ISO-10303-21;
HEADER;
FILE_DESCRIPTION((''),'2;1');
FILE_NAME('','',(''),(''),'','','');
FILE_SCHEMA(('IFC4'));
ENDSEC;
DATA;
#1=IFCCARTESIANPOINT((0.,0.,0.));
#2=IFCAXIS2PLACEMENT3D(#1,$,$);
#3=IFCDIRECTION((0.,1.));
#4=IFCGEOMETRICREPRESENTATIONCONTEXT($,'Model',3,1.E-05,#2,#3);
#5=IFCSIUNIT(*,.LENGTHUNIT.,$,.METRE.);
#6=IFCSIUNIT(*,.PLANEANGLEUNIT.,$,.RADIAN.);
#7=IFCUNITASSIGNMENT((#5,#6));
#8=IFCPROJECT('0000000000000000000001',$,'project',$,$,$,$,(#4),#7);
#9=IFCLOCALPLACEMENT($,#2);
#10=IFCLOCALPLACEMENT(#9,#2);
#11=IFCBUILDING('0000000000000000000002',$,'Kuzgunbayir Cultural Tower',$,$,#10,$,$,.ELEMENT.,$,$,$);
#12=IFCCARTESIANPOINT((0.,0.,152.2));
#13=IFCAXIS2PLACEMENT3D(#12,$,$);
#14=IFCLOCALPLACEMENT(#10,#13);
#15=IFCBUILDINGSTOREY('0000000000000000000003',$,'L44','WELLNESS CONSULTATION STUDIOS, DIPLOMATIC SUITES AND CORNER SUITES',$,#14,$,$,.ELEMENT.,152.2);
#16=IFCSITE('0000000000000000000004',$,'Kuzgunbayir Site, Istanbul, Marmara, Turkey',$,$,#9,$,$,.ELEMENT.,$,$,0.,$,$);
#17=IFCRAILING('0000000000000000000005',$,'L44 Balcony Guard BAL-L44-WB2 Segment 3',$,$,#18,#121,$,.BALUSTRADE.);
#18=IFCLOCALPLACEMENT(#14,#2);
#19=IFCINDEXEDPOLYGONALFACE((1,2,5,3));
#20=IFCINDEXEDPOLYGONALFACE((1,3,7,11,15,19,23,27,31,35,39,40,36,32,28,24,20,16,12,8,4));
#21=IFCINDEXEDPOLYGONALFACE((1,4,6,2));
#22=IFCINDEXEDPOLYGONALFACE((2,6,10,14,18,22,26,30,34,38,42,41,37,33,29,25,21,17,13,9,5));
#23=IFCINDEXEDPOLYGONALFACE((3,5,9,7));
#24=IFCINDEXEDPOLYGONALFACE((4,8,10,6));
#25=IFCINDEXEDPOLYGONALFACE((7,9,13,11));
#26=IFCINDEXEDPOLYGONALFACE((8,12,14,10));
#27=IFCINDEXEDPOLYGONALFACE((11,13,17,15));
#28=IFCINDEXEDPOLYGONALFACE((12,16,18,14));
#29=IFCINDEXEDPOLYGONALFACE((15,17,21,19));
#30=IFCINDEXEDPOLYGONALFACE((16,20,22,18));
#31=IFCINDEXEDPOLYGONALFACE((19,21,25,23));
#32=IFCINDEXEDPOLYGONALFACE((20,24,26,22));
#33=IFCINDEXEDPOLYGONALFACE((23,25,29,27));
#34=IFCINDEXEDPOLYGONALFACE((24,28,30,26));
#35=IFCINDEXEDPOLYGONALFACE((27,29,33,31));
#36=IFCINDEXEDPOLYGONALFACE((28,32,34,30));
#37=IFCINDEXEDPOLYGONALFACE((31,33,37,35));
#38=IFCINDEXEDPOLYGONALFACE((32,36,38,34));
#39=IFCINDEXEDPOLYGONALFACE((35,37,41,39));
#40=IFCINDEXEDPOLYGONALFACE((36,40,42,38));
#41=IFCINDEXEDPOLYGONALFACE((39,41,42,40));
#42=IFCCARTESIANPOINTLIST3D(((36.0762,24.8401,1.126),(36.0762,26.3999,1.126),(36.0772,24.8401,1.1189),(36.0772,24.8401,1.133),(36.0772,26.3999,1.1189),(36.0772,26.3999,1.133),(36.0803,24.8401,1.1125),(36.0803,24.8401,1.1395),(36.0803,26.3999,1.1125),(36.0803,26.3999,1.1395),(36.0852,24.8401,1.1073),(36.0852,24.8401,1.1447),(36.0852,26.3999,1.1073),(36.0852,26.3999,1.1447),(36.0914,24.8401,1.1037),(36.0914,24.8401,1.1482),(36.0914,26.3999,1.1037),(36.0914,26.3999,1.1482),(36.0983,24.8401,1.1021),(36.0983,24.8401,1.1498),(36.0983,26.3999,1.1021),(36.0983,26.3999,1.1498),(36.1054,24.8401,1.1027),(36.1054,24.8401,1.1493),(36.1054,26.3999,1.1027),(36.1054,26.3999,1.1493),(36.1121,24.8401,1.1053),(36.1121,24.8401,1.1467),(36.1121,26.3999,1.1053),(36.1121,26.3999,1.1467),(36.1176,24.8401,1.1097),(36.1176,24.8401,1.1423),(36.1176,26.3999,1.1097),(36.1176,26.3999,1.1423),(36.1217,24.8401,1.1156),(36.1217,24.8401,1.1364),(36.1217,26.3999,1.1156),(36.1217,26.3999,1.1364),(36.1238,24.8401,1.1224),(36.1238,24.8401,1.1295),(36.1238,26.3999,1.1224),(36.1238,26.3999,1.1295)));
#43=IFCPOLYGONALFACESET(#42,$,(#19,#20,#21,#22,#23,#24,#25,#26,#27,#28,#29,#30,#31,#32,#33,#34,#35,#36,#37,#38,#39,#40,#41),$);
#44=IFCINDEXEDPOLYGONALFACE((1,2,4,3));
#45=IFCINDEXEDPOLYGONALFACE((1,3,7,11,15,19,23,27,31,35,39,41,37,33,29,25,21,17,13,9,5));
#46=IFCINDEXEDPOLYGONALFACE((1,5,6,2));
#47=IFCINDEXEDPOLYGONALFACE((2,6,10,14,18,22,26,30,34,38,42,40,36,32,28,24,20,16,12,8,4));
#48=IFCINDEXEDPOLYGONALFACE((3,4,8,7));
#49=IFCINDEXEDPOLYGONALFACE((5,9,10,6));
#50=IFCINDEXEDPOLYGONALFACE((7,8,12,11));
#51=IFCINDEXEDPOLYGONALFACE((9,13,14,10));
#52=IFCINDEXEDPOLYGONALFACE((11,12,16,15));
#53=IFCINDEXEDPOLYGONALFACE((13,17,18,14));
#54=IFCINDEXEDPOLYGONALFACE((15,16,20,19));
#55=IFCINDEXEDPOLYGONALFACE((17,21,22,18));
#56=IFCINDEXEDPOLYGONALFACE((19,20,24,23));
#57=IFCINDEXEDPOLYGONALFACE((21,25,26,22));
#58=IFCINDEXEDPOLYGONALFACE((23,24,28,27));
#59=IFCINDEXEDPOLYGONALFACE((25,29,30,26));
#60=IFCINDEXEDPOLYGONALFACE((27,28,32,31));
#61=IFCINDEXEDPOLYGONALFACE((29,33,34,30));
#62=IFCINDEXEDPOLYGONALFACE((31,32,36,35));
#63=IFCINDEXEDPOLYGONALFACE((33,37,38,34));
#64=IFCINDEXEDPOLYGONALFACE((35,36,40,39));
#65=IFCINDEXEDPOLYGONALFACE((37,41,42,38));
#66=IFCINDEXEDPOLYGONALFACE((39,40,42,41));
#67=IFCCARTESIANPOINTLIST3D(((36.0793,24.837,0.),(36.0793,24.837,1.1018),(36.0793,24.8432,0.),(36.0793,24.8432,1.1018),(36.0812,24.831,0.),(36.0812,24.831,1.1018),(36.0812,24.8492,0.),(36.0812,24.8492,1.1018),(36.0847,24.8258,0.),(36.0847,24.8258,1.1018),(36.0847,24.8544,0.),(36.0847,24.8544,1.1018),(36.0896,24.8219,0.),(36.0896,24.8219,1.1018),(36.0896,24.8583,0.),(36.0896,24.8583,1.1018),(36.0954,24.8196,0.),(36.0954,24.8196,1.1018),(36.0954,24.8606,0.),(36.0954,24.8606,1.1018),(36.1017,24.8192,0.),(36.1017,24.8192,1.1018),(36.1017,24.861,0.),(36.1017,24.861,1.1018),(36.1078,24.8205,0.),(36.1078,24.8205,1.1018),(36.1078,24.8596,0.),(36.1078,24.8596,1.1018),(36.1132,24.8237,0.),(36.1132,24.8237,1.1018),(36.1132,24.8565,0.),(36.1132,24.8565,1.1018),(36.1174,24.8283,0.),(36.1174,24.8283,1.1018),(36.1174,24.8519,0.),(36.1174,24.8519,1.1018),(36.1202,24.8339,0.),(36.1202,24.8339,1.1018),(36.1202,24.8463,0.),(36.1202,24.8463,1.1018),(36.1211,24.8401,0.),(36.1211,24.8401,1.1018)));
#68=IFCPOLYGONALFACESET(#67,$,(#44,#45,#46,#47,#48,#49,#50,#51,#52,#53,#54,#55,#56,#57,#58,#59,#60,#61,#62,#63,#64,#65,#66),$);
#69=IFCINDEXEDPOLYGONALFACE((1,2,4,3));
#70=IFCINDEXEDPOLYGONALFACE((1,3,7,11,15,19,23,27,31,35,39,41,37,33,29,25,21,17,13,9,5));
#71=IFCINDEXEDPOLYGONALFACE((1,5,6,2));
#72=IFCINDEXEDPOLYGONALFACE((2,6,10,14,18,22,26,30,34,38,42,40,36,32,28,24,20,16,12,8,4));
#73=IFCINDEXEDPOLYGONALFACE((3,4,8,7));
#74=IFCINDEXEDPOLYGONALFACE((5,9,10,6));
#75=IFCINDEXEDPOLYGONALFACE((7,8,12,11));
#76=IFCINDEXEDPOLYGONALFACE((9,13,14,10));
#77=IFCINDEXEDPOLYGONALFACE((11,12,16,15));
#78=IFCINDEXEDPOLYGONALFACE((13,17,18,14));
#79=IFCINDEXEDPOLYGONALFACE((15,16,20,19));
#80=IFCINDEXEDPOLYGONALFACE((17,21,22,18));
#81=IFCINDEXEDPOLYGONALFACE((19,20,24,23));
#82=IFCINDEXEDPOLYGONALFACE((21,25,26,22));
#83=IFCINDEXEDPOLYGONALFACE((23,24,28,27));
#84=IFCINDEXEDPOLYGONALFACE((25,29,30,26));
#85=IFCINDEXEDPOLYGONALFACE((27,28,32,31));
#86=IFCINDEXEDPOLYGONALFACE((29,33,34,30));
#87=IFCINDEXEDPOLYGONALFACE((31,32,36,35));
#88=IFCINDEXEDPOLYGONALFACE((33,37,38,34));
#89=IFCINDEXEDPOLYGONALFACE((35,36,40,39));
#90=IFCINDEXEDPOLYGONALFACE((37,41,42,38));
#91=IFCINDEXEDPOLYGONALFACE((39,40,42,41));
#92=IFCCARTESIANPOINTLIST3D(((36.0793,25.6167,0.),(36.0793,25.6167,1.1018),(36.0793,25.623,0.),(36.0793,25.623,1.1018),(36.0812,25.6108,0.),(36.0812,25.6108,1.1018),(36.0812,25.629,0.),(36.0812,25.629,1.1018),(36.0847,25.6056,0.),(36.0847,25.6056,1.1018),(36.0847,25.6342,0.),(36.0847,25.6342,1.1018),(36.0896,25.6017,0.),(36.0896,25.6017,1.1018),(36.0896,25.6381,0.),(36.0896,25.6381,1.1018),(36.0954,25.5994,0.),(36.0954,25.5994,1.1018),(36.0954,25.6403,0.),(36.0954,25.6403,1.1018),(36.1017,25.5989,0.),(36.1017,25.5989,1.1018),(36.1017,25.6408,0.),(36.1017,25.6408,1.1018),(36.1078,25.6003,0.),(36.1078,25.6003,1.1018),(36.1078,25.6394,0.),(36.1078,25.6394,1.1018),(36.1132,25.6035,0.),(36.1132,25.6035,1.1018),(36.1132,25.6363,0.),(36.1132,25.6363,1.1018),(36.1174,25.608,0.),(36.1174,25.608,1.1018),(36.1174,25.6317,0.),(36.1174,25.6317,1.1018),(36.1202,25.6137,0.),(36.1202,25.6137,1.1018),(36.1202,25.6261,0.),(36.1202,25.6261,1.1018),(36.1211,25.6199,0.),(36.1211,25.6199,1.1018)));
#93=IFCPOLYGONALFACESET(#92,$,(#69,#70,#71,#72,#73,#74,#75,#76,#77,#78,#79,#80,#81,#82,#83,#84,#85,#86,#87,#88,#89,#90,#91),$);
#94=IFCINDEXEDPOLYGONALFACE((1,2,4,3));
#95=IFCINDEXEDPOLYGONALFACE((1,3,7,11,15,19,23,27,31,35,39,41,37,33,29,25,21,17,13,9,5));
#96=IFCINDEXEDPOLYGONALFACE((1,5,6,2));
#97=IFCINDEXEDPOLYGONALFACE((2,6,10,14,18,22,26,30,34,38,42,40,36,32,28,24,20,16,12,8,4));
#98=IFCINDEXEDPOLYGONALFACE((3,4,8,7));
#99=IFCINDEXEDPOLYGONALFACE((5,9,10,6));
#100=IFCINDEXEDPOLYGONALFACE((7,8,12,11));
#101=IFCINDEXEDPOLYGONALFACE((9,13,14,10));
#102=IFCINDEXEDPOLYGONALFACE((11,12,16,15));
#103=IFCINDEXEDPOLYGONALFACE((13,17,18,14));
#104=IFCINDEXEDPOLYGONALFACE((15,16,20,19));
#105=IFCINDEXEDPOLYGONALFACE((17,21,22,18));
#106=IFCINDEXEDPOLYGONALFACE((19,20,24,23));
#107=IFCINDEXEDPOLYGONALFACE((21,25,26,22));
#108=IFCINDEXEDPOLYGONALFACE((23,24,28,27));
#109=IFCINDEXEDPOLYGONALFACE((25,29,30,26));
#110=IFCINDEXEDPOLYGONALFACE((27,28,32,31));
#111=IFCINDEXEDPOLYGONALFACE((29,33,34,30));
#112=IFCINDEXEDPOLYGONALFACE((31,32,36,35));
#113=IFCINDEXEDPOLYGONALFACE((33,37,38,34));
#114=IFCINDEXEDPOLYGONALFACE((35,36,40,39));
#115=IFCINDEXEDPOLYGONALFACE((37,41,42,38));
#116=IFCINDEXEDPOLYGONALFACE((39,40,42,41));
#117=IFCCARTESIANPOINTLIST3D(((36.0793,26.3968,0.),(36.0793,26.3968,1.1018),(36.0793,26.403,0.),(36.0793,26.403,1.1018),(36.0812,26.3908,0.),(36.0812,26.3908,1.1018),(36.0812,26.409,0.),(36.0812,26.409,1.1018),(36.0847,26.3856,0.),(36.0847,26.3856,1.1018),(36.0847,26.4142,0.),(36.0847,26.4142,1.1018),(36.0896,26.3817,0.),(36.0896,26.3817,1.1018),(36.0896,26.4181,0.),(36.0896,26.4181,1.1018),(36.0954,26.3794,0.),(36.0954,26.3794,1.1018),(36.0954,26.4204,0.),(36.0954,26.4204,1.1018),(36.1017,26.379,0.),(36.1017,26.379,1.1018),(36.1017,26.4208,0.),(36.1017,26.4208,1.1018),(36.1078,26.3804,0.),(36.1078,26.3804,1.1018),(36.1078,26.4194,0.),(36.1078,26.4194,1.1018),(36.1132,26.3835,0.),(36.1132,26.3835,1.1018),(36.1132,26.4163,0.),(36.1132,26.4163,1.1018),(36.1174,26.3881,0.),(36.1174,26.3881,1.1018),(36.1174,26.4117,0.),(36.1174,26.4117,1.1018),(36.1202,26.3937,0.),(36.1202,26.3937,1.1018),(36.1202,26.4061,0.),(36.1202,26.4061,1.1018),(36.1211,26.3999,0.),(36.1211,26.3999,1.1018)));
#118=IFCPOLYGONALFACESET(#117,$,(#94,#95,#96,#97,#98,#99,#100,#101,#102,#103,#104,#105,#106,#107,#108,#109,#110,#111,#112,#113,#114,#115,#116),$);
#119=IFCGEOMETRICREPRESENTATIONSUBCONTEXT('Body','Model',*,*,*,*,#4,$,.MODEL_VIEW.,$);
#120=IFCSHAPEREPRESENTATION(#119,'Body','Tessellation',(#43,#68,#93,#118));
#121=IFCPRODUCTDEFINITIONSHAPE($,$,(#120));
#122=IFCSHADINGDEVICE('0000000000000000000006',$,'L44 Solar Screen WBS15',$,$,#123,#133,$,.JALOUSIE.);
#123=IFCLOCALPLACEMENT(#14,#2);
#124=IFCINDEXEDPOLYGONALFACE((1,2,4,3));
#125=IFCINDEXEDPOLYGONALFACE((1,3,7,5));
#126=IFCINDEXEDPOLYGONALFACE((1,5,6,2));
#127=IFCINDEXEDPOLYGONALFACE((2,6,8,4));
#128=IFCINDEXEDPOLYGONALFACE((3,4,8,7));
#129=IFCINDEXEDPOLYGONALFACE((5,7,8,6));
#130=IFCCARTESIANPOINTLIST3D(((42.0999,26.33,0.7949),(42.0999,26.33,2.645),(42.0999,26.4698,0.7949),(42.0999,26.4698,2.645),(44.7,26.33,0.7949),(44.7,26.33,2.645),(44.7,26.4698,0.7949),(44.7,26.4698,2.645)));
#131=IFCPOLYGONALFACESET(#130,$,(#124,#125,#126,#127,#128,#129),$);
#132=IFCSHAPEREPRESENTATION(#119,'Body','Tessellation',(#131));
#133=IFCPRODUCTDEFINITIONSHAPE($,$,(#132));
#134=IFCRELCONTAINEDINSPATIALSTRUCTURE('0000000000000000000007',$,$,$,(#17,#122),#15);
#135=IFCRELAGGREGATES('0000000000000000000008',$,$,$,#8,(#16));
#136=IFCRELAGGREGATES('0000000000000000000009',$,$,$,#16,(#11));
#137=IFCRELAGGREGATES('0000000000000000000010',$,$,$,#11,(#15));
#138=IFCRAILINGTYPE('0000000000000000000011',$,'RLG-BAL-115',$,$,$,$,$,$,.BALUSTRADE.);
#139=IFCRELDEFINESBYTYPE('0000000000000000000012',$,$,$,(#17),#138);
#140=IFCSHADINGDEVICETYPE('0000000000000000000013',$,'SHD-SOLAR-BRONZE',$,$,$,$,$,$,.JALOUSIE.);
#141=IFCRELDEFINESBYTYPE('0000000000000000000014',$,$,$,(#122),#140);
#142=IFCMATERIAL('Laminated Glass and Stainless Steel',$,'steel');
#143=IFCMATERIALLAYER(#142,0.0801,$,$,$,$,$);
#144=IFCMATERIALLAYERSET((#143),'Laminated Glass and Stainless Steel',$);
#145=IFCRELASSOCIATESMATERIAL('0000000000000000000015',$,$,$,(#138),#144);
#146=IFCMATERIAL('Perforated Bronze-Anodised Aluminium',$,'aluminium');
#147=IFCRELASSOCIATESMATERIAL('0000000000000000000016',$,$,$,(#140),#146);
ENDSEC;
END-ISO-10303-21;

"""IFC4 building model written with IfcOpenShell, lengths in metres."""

from ifc_helpers import new_model, si_unit, direction, frame, origin, origin_2d, place, context, subcontext, project, spatial, rectangle, circle, extrude, material, layer, layer_set, type_object, element, save


model = new_model("IFC4")

# Units and contexts
model_context = context("Model", 3, precision=1e-05, world=origin(), true_north=direction((0.0, 1.0)))
body_context = subcontext(model_context, "Body", "Model", "MODEL_VIEW")
ifc_project = project(units=[si_unit("LENGTHUNIT", "METRE"), si_unit("PLANEANGLEUNIT", "RADIAN")], contexts=[model_context])

# Site, building, storey
site_placement = place(None, origin())
site = spatial("IfcSite", under=ifc_project, at=site_placement, Name="Kuzgunbayir Site, Istanbul, Marmara, Turkey", CompositionType="ELEMENT", RefElevation=0.0)
building_placement = place(site_placement, origin())
building = spatial("IfcBuilding", under=site, at=building_placement, Name="Kuzgunbayir Cultural Tower", CompositionType="ELEMENT")
storey_placement = place(building_placement, frame((0.0, 0.0, 152.2)))
storey = spatial("IfcBuildingStorey", under=building, at=storey_placement, Name="L44", Description="WELLNESS CONSULTATION STUDIOS, DIPLOMATIC SUITES AND CORNER SUITES", CompositionType="ELEMENT", Elevation=152.2)

# Railing
ifc_material_1 = material(Name="Laminated Glass and Stainless Steel", Category="steel")
ifc_layer_1 = layer(ifc_material_1, 0.0801)
ifc_layer_set_1 = layer_set([ifc_layer_1], Name="Laminated Glass and Stainless Steel")
railing_type = type_object("IfcRailingType", Name="RLG-BAL-115", PredefinedType="BALUSTRADE", material=ifc_layer_set_1)
railing_1_placement = place(storey_placement, frame((36.1001, 24.8401, 0.0)))
element("IfcRailing", 1, at=railing_1_placement, inside=storey, type_object=railing_type, Name="L44 Balcony Guard BAL-L44-WB2 Segment 3", PredefinedType="BALUSTRADE", context=body_context, shape_type="SweptSolid", body=[
    extrude(circle(Radius=0.0239, at=origin_2d()), frame((0.0, 0.0, 1.126), z_axis=(0.0, 1.0, 0.0), x_axis=(-1.0, 0.0, 0.0)), (0.0, 0.0, 1.0), 1.5598),
    extrude(circle(Radius=0.021, at=origin_2d()), origin(), (0.0, 0.0, 1.0), 1.1018),
    extrude(circle(Radius=0.021, at=origin_2d()), frame((0.0, 0.7798, 0.0)), (0.0, 0.0, 1.0), 1.1018),
    extrude(circle(Radius=0.021, at=origin_2d()), frame((0.0, 1.5598, 0.0)), (0.0, 0.0, 1.0), 1.1018),
])

# Shading device
ifc_material_2 = material(Name="Perforated Bronze-Anodised Aluminium", Category="aluminium")
shading_device_type = type_object("IfcShadingDeviceType", Name="SHD-SOLAR-BRONZE", PredefinedType="JALOUSIE", material=ifc_material_2)
shading_device_placement = place(storey_placement, frame((43.3999, 26.3999, 0.7949), z_axis=(0.0, 0.0, 1.0), x_axis=(1.0, 0.0, 0.0)))
element("IfcShadingDevice", 2, at=shading_device_placement, inside=storey, type_object=shading_device_type, Name="L44 Solar Screen WBS15", PredefinedType="JALOUSIE", context=body_context, shape_type="SweptSolid", body=[
    extrude(rectangle(XDim=2.6001, YDim=0.1399, at=origin_2d()), origin(), (0.0, 0.0, 1.0), 1.8501),
])

save(model, "model.ifc")
